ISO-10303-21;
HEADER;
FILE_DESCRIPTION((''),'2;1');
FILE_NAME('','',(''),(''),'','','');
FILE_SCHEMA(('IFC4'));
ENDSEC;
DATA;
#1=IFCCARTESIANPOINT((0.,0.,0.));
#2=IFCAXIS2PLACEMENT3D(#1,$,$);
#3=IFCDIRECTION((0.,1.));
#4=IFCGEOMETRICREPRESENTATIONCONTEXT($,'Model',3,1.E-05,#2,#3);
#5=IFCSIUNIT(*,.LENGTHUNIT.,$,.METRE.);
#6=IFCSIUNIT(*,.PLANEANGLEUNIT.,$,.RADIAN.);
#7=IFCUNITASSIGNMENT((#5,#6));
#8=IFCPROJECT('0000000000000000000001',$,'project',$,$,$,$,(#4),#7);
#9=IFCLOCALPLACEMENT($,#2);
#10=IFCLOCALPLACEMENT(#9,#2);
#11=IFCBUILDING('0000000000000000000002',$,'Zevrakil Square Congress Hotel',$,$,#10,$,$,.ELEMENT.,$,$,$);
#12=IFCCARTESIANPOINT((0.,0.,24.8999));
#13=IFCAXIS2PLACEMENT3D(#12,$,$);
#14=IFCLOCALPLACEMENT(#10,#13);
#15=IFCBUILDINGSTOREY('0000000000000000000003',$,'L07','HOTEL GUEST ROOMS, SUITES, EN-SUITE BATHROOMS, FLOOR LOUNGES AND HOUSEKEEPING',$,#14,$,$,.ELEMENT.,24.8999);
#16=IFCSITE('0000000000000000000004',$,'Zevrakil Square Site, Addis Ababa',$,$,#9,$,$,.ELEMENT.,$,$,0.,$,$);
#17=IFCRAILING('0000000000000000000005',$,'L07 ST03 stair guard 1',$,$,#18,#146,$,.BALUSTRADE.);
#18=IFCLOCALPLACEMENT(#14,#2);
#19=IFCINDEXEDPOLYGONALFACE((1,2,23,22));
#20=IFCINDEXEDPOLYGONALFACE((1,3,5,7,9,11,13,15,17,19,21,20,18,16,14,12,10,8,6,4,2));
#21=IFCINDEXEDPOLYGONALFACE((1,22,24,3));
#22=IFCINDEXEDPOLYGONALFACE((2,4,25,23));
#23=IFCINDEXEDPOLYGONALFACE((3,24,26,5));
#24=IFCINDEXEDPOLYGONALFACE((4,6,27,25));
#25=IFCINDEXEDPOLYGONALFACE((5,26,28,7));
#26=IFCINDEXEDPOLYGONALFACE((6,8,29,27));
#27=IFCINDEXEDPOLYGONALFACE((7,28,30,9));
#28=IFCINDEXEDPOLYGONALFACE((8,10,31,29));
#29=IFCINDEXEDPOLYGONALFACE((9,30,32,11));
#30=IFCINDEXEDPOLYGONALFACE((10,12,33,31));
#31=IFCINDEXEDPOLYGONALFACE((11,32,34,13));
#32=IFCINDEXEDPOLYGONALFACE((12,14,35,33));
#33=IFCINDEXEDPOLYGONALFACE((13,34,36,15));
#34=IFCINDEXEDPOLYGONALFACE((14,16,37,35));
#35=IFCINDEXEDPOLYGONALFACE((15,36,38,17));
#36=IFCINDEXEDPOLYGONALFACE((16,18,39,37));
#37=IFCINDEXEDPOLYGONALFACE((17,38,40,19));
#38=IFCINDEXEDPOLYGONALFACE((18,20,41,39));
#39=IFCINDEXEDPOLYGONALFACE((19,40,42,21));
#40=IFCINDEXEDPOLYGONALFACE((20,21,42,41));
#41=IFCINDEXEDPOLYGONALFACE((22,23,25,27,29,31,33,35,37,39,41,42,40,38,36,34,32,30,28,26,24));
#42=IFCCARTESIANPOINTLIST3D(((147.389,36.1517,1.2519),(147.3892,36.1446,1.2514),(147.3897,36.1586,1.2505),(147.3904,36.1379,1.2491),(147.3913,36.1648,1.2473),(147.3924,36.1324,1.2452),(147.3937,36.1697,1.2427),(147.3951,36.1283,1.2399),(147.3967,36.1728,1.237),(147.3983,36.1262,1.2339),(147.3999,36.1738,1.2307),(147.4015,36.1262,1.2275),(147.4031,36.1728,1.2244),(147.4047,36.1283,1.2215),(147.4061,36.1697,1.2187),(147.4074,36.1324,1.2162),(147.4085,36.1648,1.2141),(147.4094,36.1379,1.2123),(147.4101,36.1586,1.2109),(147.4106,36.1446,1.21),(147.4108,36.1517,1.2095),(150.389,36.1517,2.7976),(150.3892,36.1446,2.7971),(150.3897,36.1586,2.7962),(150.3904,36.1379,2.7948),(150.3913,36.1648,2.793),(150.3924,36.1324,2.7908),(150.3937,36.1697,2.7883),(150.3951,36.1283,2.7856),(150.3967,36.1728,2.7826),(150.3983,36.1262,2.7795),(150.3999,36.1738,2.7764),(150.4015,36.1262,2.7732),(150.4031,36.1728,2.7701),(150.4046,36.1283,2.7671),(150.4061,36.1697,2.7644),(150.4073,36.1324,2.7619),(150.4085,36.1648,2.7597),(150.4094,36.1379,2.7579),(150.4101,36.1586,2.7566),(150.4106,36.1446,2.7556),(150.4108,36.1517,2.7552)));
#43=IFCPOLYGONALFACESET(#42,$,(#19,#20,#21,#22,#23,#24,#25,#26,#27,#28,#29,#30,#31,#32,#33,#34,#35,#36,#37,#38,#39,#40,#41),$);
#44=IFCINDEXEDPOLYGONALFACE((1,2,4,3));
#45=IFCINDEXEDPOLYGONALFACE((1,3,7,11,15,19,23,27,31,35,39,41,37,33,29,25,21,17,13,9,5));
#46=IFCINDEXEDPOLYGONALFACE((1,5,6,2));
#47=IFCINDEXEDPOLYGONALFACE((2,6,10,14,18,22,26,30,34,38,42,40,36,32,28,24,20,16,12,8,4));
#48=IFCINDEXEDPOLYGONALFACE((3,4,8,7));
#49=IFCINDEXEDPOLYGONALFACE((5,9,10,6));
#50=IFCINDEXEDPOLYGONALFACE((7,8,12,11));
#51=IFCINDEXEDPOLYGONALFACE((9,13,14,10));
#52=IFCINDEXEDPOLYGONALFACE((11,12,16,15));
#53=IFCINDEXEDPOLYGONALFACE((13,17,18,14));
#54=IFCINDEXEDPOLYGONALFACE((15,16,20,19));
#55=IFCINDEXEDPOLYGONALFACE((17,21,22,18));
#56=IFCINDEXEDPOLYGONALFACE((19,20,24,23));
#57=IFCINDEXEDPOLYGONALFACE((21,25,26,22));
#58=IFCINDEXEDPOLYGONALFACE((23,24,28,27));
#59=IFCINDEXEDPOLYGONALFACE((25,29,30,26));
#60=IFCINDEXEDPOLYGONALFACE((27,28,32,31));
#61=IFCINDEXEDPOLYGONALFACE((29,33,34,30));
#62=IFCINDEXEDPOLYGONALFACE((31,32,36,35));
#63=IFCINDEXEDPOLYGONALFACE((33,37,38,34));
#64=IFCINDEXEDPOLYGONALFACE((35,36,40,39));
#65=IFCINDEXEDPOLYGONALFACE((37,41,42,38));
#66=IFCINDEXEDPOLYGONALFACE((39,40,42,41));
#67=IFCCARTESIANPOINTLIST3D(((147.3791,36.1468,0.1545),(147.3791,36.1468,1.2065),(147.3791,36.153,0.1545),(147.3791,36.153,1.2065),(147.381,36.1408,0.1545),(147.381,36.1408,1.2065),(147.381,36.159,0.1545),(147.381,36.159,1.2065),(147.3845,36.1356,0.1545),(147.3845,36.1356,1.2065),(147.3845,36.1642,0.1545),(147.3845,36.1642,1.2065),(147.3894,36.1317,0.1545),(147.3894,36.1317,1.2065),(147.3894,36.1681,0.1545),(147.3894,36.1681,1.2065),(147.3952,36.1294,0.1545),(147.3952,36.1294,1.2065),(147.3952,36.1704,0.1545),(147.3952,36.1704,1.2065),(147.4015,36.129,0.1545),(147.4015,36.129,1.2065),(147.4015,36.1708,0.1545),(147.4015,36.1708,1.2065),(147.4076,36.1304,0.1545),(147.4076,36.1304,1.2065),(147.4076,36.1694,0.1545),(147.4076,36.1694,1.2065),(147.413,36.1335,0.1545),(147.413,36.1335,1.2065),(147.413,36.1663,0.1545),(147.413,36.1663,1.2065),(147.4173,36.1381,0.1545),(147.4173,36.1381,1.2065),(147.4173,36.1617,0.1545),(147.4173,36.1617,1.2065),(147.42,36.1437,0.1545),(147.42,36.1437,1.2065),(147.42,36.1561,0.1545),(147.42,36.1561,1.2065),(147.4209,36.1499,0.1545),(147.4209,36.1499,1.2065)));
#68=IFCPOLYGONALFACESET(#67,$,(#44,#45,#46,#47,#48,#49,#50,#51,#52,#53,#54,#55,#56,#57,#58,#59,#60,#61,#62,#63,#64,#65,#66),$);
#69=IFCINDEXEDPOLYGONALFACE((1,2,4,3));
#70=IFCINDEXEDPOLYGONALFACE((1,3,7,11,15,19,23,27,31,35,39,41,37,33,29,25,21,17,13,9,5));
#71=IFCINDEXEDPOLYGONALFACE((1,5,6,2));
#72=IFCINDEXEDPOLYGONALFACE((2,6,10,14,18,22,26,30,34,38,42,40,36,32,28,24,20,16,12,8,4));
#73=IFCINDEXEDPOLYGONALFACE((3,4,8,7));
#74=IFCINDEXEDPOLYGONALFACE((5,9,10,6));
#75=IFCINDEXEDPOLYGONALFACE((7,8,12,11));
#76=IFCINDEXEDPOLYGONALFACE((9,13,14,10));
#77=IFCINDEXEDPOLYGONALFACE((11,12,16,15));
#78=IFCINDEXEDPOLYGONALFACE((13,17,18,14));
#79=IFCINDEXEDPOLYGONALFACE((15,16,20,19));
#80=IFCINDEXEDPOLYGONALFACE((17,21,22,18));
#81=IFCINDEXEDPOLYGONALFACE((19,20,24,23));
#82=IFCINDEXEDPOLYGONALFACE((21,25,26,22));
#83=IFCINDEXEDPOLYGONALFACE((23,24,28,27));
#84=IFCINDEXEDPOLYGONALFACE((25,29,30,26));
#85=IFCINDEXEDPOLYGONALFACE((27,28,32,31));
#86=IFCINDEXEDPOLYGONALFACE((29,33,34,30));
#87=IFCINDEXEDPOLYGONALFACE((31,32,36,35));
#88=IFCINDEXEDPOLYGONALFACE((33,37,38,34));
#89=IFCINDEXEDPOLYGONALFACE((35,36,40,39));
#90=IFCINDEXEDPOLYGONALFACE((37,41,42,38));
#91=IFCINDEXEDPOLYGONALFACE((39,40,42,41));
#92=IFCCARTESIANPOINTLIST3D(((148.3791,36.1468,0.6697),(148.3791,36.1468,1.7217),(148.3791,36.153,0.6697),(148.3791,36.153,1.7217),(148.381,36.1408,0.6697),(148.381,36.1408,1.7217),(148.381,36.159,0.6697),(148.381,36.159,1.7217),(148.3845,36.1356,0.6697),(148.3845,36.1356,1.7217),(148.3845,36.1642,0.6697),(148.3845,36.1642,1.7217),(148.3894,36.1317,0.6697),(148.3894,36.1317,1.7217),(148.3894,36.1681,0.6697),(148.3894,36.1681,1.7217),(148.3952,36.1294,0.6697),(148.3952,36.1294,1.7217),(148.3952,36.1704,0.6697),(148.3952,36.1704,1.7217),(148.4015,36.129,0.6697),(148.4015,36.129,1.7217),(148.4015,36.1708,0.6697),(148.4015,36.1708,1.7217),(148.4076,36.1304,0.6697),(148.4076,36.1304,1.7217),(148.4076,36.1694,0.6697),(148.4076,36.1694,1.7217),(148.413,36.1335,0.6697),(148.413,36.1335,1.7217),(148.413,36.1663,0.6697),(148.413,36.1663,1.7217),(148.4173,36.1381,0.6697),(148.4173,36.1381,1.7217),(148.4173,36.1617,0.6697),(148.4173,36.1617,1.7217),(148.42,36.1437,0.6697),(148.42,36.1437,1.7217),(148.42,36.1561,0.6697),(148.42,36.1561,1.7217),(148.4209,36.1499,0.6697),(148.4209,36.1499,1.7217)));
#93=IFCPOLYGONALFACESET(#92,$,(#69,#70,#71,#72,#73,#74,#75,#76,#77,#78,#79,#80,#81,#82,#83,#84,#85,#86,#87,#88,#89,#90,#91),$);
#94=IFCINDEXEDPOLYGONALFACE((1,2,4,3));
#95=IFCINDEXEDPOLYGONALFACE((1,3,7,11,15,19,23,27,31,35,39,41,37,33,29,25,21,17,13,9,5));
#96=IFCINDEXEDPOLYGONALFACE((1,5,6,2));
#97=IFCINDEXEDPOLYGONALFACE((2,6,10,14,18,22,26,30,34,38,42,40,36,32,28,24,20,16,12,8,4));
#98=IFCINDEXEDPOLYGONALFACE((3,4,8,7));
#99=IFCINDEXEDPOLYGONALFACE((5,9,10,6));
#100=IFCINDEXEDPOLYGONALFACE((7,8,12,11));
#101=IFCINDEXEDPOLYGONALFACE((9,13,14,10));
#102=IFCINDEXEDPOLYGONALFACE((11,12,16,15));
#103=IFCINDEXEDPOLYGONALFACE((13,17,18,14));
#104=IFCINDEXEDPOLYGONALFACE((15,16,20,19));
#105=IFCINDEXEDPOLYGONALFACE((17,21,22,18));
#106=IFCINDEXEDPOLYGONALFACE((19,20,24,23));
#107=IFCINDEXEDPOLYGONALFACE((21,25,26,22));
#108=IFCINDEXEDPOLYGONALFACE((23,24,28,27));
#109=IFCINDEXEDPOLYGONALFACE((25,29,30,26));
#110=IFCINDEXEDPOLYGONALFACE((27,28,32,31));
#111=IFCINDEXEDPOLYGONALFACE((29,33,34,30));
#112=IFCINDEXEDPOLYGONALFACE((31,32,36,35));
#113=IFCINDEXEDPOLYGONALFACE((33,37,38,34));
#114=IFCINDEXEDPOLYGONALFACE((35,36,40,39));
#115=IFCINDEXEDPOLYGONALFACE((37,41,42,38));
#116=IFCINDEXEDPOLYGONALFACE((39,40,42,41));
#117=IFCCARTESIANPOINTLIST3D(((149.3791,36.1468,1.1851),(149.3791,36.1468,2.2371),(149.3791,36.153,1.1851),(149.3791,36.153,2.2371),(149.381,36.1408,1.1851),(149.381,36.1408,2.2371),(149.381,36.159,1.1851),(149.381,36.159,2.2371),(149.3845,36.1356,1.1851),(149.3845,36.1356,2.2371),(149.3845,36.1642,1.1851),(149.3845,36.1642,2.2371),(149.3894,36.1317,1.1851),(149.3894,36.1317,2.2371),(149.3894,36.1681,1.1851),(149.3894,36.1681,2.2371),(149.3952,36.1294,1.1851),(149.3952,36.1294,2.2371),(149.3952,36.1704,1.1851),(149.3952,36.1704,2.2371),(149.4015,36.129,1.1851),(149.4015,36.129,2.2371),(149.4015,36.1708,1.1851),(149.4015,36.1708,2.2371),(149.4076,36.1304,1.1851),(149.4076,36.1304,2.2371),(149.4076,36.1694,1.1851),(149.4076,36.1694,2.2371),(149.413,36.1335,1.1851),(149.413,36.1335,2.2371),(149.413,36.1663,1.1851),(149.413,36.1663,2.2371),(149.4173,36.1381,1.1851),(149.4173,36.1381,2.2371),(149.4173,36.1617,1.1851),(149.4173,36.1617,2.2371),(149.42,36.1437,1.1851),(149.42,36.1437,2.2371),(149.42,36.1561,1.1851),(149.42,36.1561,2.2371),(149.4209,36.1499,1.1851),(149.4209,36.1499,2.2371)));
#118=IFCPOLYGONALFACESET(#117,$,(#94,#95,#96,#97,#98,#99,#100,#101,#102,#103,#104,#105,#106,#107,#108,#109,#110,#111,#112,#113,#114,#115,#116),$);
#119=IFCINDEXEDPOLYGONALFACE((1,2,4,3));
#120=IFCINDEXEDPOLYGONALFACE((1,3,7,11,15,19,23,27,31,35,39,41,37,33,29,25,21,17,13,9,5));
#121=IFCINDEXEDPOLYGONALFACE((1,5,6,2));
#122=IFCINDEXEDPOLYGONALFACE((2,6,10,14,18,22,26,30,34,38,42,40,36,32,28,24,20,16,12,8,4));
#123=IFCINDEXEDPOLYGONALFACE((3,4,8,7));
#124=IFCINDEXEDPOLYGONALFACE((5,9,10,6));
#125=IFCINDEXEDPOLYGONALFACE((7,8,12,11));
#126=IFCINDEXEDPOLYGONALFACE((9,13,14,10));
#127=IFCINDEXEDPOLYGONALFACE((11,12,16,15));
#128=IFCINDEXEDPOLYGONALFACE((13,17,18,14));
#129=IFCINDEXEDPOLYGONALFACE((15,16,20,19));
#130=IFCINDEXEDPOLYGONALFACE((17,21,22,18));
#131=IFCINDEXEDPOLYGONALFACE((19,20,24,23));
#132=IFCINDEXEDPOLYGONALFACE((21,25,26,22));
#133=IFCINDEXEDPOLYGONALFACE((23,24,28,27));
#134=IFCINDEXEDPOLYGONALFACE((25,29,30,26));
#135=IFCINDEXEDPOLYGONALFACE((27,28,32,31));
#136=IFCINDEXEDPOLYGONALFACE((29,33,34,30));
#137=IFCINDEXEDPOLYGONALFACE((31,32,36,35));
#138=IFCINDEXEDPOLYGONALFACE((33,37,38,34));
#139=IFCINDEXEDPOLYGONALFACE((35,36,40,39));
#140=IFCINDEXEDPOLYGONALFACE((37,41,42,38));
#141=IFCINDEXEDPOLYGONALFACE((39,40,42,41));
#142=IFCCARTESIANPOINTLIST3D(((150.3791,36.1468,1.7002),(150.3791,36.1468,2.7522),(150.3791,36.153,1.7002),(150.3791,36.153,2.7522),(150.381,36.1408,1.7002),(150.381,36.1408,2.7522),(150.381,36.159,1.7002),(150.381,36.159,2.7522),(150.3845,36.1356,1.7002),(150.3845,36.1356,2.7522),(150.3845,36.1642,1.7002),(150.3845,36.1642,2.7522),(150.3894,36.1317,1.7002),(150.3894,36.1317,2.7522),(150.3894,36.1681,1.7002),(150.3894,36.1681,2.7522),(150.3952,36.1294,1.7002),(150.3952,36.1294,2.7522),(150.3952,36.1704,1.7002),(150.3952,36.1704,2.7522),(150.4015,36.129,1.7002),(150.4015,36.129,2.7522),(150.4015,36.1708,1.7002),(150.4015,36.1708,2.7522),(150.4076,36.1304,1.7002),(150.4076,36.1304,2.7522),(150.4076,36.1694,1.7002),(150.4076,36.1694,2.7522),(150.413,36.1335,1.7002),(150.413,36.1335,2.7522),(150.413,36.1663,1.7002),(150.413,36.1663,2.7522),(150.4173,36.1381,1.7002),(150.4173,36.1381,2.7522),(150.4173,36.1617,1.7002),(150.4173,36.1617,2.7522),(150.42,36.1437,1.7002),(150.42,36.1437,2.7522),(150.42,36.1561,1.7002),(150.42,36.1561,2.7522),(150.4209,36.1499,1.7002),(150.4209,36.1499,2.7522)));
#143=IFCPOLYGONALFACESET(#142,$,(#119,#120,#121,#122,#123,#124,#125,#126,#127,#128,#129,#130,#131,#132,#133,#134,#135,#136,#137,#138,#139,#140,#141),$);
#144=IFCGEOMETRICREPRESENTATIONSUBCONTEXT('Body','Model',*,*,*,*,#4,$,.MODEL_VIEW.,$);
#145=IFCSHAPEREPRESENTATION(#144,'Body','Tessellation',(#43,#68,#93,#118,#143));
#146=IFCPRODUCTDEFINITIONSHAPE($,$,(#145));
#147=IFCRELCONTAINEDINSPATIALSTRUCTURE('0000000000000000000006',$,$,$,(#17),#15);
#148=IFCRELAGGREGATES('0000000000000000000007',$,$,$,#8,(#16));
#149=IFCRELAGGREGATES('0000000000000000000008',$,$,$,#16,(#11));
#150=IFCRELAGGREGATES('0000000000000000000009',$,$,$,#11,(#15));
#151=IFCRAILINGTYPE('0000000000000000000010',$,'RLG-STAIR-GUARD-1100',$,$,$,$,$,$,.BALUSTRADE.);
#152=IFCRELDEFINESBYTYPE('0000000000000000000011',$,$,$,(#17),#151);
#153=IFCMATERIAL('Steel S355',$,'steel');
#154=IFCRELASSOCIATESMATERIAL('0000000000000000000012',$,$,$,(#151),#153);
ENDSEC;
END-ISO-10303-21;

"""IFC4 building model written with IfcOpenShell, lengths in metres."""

from ifc_helpers import new_model, si_unit, direction, frame, origin, origin_2d, place, context, subcontext, project, spatial, circle, extrude, material, type_object, element, save


model = new_model("IFC4")

# Units and contexts
model_context = context("Model", 3, precision=1e-05, world=origin(), true_north=direction((0.0, 1.0)))
body_context = subcontext(model_context, "Body", "Model", "MODEL_VIEW")
ifc_project = project(units=[si_unit("LENGTHUNIT", "METRE"), si_unit("PLANEANGLEUNIT", "RADIAN")], contexts=[model_context])

# Site, building, storey
site_placement = place(None, origin())
site = spatial("IfcSite", under=ifc_project, at=site_placement, Name="Zevrakil Square Site, Addis Ababa", CompositionType="ELEMENT", RefElevation=0.0)
building_placement = place(site_placement, origin())
building = spatial("IfcBuilding", under=site, at=building_placement, Name="Zevrakil Square Congress Hotel", CompositionType="ELEMENT")
storey_placement = place(building_placement, frame((0.0, 0.0, 24.8999)))
storey = spatial("IfcBuildingStorey", under=building, at=storey_placement, Name="L07", Description="HOTEL GUEST ROOMS, SUITES, EN-SUITE BATHROOMS, FLOOR LOUNGES AND HOUSEKEEPING", CompositionType="ELEMENT", Elevation=24.8999)

# Railing
ifc_material_1 = material(Name="Steel S355", Category="steel")
railing_type_1 = type_object("IfcRailingType", Name="RLG-STAIR-GUARD-1100", PredefinedType="BALUSTRADE", material=ifc_material_1)
railing_1_placement = place(storey_placement, frame((147.3999, 36.1499, 0.1545)))
element("IfcRailing", 1, at=railing_1_placement, inside=storey, type_object=railing_type_1, Name="L07 ST03 stair guard 1", PredefinedType="BALUSTRADE", context=body_context, shape_type="SweptSolid", body=[
    extrude(circle(Radius=0.0239, at=origin_2d()), frame((0.0, 0.0, 1.0762), z_axis=(0.88895, 0.0, 0.458003), x_axis=(0.0, 1.0, 0.0)), (0.0, 0.0, 1.0), 3.3748),
    extrude(circle(Radius=0.021, at=origin_2d()), origin(), (0.0, 0.0, 1.0), 1.052),
    extrude(circle(Radius=0.021, at=origin_2d()), frame((1.0, 0.0, 0.5151)), (0.0, 0.0, 1.0), 1.052),
    extrude(circle(Radius=0.021, at=origin_2d()), frame((2.0, 0.0, 1.0305)), (0.0, 0.0, 1.0), 1.052),
    extrude(circle(Radius=0.021, at=origin_2d()), frame((3.0, 0.0, 1.5457)), (0.0, 0.0, 1.0), 1.052),
])

save(model, "model.ifc")
